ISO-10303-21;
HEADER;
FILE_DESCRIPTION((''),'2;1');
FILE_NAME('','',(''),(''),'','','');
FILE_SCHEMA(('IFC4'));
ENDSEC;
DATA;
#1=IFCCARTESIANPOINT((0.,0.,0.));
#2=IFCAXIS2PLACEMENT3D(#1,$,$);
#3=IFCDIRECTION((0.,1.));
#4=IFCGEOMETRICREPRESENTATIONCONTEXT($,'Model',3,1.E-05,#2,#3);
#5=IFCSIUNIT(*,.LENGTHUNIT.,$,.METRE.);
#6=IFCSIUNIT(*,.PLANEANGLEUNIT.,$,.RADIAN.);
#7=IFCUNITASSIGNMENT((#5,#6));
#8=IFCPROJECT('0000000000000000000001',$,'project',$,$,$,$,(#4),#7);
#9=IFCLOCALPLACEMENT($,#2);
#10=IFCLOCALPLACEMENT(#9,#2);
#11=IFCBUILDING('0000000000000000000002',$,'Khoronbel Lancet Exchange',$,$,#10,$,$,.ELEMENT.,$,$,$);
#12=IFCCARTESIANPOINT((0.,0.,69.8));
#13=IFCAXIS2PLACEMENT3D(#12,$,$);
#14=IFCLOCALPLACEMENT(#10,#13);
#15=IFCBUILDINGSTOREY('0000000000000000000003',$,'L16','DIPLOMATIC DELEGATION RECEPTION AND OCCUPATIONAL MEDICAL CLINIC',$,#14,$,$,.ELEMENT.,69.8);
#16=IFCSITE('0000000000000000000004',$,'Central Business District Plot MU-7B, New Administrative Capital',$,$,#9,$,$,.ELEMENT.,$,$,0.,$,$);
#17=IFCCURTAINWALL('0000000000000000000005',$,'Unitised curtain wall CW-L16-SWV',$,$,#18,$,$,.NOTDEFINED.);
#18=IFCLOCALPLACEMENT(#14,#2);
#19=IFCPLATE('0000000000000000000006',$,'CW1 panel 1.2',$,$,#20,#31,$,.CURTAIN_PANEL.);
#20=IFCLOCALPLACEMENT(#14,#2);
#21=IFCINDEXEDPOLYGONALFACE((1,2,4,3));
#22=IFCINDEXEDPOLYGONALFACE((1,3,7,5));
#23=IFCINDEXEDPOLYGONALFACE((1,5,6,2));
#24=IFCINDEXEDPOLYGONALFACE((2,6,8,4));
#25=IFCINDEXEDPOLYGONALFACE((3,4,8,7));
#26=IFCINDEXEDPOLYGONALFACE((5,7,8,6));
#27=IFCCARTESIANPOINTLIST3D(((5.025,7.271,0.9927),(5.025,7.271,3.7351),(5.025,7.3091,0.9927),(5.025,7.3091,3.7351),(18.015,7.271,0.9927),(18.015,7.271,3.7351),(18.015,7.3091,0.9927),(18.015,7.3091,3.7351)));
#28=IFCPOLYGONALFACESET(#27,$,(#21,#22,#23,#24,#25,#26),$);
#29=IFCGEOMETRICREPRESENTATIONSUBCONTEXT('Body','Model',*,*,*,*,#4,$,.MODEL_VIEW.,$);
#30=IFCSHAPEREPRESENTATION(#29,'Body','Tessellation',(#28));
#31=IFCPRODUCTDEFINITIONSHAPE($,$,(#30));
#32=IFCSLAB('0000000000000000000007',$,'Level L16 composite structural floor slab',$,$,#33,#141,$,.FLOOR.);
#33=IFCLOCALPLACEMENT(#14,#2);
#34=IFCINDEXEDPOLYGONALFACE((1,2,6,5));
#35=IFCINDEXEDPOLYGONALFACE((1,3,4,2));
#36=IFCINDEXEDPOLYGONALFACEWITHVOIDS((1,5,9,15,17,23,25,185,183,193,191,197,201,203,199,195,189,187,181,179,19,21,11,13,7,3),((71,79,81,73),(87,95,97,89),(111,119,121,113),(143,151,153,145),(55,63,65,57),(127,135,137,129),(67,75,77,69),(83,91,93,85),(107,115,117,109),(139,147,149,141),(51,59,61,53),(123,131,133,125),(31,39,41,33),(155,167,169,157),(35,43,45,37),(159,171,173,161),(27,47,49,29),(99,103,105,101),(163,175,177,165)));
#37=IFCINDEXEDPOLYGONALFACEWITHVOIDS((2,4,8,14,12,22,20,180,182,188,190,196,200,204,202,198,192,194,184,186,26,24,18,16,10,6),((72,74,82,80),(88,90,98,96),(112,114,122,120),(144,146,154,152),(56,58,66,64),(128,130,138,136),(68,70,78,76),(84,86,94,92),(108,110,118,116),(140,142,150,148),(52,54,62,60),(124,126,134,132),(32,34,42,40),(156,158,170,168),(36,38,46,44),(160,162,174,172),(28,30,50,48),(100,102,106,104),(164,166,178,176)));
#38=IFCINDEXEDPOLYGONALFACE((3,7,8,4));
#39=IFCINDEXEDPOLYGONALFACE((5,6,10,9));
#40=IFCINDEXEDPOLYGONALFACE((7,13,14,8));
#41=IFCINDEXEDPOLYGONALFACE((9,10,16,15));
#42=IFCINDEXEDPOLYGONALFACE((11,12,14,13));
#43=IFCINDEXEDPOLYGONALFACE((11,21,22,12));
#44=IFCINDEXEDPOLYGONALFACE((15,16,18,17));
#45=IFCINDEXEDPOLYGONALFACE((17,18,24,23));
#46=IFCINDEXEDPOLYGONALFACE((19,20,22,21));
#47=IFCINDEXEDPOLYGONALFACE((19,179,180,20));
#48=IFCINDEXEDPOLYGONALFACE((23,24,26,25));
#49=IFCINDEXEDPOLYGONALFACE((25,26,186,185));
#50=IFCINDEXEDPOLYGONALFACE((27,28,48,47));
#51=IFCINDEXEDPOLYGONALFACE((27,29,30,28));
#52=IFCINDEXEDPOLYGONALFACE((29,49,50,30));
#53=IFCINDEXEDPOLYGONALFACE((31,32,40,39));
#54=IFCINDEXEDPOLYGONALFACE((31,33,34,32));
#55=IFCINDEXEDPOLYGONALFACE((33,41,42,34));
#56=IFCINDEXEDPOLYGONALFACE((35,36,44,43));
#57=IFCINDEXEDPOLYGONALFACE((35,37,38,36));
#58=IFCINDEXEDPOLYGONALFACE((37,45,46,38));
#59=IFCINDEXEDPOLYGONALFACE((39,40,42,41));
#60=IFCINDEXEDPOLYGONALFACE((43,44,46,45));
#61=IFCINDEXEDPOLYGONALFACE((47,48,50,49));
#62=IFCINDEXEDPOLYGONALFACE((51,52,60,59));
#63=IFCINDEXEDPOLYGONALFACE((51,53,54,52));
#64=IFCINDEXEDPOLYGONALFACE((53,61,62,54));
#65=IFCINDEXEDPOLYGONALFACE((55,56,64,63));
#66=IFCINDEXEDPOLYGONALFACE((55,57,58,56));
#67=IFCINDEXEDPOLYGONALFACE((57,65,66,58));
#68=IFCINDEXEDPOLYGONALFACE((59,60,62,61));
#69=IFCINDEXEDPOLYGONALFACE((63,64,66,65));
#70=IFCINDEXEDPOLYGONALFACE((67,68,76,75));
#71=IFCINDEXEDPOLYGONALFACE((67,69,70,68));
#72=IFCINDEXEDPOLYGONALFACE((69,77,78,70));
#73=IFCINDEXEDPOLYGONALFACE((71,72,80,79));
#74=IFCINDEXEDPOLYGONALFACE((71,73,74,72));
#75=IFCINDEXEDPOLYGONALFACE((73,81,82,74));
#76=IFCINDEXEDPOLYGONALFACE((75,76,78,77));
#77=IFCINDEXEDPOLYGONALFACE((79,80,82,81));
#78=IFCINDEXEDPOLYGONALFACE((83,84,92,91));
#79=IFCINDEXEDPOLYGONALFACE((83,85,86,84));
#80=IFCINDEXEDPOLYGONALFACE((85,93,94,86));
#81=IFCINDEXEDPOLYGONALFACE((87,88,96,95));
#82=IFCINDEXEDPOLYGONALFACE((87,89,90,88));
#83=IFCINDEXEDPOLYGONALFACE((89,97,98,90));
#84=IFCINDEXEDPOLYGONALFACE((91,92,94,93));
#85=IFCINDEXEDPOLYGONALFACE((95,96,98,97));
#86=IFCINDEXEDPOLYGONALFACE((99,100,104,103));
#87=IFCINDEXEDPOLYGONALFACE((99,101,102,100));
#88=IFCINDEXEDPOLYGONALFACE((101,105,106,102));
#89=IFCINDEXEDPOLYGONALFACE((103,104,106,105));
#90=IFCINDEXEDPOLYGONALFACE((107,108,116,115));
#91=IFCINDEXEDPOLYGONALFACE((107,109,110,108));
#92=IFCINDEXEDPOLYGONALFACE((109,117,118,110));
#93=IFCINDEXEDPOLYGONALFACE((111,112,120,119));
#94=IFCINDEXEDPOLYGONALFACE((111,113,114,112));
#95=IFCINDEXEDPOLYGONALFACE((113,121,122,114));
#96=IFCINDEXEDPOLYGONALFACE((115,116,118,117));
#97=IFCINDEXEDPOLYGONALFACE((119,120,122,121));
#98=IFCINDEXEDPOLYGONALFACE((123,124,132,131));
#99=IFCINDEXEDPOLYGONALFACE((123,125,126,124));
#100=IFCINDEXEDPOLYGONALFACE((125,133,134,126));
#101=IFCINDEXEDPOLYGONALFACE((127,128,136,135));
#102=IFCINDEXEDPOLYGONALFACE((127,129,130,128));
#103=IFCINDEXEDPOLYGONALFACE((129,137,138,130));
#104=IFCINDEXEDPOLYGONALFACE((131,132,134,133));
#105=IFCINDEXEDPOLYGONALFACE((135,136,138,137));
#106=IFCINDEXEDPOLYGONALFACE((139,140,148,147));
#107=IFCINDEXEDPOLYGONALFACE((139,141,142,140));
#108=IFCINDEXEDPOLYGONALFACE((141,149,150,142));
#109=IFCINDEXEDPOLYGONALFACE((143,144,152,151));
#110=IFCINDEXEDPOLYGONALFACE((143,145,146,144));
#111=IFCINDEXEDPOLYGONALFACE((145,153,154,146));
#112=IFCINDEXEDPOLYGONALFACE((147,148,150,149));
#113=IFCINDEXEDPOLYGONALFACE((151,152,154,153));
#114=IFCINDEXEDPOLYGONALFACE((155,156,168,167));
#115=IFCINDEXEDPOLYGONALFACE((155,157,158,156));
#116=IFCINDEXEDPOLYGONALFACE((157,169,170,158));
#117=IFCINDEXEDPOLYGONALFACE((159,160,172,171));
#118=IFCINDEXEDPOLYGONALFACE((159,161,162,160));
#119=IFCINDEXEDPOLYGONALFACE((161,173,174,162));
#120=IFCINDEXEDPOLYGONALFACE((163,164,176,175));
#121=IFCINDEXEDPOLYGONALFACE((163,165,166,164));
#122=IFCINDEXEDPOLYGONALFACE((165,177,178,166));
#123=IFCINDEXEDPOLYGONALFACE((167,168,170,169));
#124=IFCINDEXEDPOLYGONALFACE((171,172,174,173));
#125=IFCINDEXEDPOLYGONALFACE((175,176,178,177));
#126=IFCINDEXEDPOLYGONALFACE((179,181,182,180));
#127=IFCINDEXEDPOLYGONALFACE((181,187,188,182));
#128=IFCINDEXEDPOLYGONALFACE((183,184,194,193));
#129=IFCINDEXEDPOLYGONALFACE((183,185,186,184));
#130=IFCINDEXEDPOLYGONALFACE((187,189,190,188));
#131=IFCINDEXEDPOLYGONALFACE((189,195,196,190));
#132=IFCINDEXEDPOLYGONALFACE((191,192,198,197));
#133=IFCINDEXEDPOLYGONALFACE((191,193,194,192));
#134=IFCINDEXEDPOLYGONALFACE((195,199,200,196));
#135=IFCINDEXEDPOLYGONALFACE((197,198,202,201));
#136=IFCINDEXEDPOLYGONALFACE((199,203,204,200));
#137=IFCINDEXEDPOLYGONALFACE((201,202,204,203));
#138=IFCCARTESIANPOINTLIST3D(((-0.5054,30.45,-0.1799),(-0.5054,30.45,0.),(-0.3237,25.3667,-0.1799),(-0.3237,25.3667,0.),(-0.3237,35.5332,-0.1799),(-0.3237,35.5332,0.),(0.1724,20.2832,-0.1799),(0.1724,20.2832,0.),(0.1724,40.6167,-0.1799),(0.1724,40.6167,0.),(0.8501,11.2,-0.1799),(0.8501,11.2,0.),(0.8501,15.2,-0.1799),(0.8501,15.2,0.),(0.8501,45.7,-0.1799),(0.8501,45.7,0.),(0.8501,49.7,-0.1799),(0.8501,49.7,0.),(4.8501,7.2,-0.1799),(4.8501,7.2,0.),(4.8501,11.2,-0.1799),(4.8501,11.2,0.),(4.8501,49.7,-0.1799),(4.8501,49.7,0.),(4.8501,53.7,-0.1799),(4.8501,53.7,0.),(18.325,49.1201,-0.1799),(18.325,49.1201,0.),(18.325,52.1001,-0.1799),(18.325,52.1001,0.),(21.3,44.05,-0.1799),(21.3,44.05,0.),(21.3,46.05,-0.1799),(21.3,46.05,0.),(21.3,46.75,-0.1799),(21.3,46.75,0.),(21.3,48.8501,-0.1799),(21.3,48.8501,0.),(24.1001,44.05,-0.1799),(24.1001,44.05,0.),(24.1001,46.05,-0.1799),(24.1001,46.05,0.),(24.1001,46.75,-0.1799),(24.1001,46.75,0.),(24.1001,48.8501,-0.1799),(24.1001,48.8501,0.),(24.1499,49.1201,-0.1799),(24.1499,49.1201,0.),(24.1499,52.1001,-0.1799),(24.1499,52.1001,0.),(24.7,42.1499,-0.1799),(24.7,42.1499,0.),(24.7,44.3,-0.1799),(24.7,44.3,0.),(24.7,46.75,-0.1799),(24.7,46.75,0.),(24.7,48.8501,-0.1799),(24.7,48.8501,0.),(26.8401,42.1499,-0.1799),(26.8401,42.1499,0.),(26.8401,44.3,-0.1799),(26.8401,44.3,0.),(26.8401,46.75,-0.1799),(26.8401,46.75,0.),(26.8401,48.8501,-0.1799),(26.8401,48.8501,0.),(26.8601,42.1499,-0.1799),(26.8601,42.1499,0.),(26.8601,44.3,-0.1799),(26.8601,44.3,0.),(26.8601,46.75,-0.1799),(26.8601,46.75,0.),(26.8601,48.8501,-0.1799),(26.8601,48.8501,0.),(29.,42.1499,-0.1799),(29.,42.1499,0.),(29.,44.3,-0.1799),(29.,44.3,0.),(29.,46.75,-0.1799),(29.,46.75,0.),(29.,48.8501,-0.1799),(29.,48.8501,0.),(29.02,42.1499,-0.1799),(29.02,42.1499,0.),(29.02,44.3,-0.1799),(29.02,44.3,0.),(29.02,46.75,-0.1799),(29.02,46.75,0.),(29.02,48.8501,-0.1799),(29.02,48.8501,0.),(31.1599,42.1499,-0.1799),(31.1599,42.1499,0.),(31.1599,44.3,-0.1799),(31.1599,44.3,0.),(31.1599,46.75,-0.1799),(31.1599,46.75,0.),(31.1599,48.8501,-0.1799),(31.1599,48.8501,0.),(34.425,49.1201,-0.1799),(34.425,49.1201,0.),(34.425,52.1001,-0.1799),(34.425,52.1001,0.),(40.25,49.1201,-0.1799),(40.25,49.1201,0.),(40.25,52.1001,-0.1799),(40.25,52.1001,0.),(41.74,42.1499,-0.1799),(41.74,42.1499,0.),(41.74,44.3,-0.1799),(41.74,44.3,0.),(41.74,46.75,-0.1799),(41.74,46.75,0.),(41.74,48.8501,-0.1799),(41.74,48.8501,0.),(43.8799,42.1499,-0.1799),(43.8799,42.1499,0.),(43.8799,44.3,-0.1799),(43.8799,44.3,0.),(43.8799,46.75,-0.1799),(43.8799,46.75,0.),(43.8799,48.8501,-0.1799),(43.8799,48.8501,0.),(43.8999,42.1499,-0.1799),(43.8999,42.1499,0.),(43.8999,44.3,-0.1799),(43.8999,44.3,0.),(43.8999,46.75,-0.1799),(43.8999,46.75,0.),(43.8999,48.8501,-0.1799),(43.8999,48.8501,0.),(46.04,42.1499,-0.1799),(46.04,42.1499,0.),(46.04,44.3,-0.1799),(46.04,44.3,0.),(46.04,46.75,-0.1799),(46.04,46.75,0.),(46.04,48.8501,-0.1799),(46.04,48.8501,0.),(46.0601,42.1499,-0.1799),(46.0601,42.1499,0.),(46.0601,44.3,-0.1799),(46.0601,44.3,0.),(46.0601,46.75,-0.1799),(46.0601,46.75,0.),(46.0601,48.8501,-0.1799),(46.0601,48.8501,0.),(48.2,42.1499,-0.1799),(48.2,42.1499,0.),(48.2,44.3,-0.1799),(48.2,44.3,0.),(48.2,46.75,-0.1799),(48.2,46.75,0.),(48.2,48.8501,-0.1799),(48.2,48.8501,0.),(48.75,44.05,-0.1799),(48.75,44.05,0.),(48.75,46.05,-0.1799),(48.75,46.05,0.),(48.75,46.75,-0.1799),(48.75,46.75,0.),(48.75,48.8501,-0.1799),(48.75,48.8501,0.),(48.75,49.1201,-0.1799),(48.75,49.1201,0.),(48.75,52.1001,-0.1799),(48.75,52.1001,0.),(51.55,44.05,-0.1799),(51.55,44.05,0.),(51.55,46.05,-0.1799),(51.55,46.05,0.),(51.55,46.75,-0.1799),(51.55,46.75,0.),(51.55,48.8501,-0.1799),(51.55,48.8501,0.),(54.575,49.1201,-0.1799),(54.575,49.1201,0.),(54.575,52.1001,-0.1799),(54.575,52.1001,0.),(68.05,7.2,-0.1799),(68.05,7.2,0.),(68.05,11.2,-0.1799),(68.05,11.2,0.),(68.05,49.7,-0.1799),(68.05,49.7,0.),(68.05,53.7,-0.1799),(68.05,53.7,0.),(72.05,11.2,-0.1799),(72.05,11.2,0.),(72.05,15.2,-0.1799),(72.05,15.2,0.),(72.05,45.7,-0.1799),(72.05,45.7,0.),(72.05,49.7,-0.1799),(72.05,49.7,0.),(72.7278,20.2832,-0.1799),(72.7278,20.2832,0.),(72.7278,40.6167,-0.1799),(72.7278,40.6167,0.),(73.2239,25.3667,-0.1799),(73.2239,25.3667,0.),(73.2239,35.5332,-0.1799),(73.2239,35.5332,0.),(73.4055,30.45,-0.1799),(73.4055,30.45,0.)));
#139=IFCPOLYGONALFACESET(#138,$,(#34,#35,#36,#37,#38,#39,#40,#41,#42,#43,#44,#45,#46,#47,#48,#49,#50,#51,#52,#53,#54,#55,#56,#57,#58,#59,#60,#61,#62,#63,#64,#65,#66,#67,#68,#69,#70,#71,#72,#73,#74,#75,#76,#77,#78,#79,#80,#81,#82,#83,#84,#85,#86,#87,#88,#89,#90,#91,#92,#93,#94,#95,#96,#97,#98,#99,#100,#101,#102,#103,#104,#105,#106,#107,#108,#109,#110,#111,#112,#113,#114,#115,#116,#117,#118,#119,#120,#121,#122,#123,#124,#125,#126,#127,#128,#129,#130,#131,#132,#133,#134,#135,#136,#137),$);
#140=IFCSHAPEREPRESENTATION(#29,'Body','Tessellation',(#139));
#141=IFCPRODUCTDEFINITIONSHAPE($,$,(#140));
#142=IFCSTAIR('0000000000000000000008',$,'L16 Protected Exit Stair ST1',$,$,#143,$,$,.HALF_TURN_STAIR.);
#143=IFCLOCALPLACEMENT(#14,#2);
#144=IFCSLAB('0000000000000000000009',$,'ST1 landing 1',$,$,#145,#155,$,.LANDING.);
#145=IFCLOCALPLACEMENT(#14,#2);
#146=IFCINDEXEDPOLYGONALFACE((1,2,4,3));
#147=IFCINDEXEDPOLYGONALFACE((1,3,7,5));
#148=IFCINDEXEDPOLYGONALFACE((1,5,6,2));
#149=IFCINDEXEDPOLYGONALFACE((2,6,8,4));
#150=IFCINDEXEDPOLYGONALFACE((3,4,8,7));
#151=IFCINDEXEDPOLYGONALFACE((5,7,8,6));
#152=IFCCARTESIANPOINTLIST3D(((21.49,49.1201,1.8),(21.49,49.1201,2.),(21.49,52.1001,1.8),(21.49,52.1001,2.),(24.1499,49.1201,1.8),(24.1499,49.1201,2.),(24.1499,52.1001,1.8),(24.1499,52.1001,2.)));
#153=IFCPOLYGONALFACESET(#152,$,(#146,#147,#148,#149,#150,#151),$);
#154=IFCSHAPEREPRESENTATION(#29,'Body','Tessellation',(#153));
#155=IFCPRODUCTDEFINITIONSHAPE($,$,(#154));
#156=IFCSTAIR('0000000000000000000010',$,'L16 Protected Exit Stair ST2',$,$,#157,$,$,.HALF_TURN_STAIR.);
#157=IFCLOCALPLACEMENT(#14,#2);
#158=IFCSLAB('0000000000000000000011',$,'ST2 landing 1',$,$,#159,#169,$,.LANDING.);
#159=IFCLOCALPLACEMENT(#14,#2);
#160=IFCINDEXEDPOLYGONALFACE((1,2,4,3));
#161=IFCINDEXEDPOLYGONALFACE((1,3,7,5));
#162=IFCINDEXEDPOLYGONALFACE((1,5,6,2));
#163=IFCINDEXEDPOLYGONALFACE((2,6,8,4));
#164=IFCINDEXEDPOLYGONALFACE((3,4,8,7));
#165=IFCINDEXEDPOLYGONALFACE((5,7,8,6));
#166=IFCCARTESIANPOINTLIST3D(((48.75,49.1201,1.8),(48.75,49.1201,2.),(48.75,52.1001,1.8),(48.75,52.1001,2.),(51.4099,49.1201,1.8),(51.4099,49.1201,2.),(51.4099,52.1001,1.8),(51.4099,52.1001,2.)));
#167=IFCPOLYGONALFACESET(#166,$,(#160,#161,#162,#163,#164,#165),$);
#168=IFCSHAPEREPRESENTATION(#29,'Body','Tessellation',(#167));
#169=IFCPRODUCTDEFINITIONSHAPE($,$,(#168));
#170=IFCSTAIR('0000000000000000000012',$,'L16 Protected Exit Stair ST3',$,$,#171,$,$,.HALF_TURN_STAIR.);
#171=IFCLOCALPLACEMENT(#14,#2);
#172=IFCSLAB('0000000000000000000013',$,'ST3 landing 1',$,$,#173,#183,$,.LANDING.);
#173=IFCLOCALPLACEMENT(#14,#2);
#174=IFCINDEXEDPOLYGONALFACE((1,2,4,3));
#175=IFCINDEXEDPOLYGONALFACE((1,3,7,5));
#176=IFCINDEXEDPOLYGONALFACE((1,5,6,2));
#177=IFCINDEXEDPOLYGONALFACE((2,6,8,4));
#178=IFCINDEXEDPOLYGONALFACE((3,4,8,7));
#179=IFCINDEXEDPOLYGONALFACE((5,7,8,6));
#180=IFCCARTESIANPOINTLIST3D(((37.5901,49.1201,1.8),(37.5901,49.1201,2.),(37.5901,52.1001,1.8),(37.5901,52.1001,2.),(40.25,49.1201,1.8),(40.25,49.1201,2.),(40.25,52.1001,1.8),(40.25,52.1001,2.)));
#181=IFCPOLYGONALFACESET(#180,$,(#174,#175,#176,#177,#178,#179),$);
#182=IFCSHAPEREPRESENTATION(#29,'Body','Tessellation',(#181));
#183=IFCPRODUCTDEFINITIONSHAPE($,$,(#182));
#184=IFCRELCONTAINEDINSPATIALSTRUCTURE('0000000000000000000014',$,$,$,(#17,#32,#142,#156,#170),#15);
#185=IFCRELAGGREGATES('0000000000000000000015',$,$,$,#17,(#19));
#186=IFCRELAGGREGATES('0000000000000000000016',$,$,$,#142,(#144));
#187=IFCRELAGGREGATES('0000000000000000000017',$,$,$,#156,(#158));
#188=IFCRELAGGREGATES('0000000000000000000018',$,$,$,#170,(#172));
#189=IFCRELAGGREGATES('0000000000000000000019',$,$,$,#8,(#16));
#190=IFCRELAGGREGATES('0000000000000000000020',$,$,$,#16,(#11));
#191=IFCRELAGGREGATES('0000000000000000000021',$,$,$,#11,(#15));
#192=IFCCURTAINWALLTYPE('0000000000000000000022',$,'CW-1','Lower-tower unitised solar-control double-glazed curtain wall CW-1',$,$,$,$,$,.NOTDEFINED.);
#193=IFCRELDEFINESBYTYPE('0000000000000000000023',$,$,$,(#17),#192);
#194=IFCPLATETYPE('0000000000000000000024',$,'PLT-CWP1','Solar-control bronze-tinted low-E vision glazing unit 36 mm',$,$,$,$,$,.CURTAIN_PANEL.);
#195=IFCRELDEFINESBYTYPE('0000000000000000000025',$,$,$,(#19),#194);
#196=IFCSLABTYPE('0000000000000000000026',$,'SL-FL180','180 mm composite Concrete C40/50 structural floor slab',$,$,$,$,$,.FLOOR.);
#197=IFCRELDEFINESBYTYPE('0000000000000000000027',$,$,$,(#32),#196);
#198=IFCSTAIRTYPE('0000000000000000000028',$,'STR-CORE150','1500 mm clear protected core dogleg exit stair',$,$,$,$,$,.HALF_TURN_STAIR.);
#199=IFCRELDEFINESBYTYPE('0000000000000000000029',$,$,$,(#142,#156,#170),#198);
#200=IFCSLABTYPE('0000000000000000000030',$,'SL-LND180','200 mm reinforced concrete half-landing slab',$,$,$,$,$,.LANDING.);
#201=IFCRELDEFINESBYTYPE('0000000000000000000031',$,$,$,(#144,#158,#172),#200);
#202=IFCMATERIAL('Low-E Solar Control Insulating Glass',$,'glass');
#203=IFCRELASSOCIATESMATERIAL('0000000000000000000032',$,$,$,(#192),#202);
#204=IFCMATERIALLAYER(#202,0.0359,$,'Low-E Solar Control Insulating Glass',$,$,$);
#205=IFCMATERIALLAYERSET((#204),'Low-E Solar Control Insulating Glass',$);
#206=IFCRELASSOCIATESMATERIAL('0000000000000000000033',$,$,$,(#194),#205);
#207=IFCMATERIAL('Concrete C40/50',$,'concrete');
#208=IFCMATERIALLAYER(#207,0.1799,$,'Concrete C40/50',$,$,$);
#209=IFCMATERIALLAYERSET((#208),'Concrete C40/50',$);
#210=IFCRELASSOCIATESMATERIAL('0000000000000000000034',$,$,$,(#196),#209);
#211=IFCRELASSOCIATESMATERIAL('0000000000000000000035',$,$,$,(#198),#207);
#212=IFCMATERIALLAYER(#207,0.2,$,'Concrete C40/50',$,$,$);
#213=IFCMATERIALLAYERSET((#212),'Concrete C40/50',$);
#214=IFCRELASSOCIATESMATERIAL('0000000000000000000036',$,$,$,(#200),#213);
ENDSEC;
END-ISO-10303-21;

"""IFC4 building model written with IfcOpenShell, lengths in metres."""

from ifc_helpers import new_model, si_unit, direction, frame, origin, origin_2d, place, context, subcontext, project, spatial, polyline, rectangle, outline, extrude, material, layer, layer_set, type_object, element, aggregate, save


model = new_model("IFC4")

# Units and contexts
model_context = context("Model", 3, precision=1e-05, world=origin(), true_north=direction((0.0, 1.0)))
body_context = subcontext(model_context, "Body", "Model", "MODEL_VIEW")
ifc_project = project(units=[si_unit("LENGTHUNIT", "METRE"), si_unit("PLANEANGLEUNIT", "RADIAN")], contexts=[model_context])

# Site, building, storey
site_placement = place(None, origin())
site = spatial("IfcSite", under=ifc_project, at=site_placement, Name="Central Business District Plot MU-7B, New Administrative Capital", CompositionType="ELEMENT", RefElevation=0.0)
building_placement = place(site_placement, origin())
building = spatial("IfcBuilding", under=site, at=building_placement, Name="Khoronbel Lancet Exchange", CompositionType="ELEMENT")
storey_placement = place(building_placement, frame((0.0, 0.0, 69.8)))
storey = spatial("IfcBuildingStorey", under=building, at=storey_placement, Name="L16", Description="DIPLOMATIC DELEGATION RECEPTION AND OCCUPATIONAL MEDICAL CLINIC", CompositionType="ELEMENT", Elevation=69.8)

# Curtain wall
ifc_material_1 = material(Name="Low-E Solar Control Insulating Glass", Category="glass")
curtain_wall_type = type_object("IfcCurtainWallType", Name="CW-1", Description="Lower-tower unitised solar-control double-glazed curtain wall CW-1", PredefinedType="NOTDEFINED", material=ifc_material_1)
curtain_wall_1_placement = place(storey_placement, origin())
curtain_wall_1 = element("IfcCurtainWall", 1, at=curtain_wall_1_placement, inside=storey, type_object=curtain_wall_type, Name="Unitised curtain wall CW-L16-SWV", PredefinedType="NOTDEFINED")

# Plate
ifc_layer_1 = layer(ifc_material_1, 0.0359, Name="Low-E Solar Control Insulating Glass")
ifc_layer_set_1 = layer_set([ifc_layer_1], Name="Low-E Solar Control Insulating Glass")
plate_type = type_object("IfcPlateType", Name="PLT-CWP1", Description="Solar-control bronze-tinted low-E vision glazing unit 36 mm", PredefinedType="CURTAIN_PANEL", material=ifc_layer_set_1)
plate_1_placement = place(storey_placement, frame((11.52, 7.29, 0.9927), z_axis=(0.0, 0.0, 1.0), x_axis=(1.0, 0.0, 0.0)))
plate_1 = element("IfcPlate", 2, at=plate_1_placement, type_object=plate_type, Name="CW1 panel 1.2", PredefinedType="CURTAIN_PANEL", context=body_context, shape_type="SweptSolid", body=[
    extrude(rectangle(XDim=12.99, YDim=0.0381, at=origin_2d()), origin(), (0.0, 0.0, 1.0), 2.7424),
])
aggregate(curtain_wall_1, [plate_1])

# Slab
ifc_material_2 = material(Name="Concrete C40/50", Category="concrete")
ifc_layer_2 = layer(ifc_material_2, 0.1799, Name="Concrete C40/50")
ifc_layer_set_2 = layer_set([ifc_layer_2], Name="Concrete C40/50")
slab_type_1 = type_object("IfcSlabType", Name="SL-FL180", Description="180 mm composite Concrete C40/50 structural floor slab", PredefinedType="FLOOR", material=ifc_layer_set_2)
slab_1_placement = place(storey_placement, frame((0.0, 0.0, -0.1799)))
element("IfcSlab", 3, at=slab_1_placement, inside=storey, type_object=slab_type_1, Name="Level L16 composite structural floor slab", PredefinedType="FLOOR", context=body_context, shape_type="SweptSolid", body=[
    extrude(outline(polyline([(4.8501, 7.2), (68.05, 7.2), (68.05, 11.2), (72.05, 11.2), (72.05, 15.2), (72.7278, 20.2832), (73.2239, 25.3667), (73.4055, 30.45), (73.2239, 35.5332), (72.7278, 40.6167), (72.05, 45.7), (72.05, 49.7), (68.05, 49.7), (68.05, 53.7), (4.8501, 53.7), (4.8501, 49.7), (0.8501, 49.7), (0.8501, 45.7), (0.1724, 40.6167), (-0.3237, 35.5332), (-0.5054, 30.45), (-0.3237, 25.3667), (0.1724, 20.2832), (0.8501, 15.2), (0.8501, 11.2), (4.8501, 11.2), (4.8501, 7.2)]), holes=[polyline([(18.325, 49.1201), (24.1499, 49.1201), (24.1499, 52.1001), (18.325, 52.1001), (18.325, 49.1201)]), polyline([(48.75, 49.1201), (54.575, 49.1201), (54.575, 52.1001), (48.75, 52.1001), (48.75, 49.1201)]), polyline([(34.425, 49.1201), (40.25, 49.1201), (40.25, 52.1001), (34.425, 52.1001), (34.425, 49.1201)]), polyline([(24.7, 46.75), (26.8401, 46.75), (26.8401, 48.8501), (24.7, 48.8501), (24.7, 46.75)]), polyline([(26.8601, 46.75), (29.0, 46.75), (29.0, 48.8501), (26.8601, 48.8501), (26.8601, 46.75)]), polyline([(29.02, 46.75), (31.1599, 46.75), (31.1599, 48.8501), (29.02, 48.8501), (29.02, 46.75)]), polyline([(24.7, 42.1499), (26.8401, 42.1499), (26.8401, 44.3), (24.7, 44.3), (24.7, 42.1499)]), polyline([(26.8601, 42.1499), (29.0, 42.1499), (29.0, 44.3), (26.8601, 44.3), (26.8601, 42.1499)]), polyline([(29.02, 42.1499), (31.1599, 42.1499), (31.1599, 44.3), (29.02, 44.3), (29.02, 42.1499)]), polyline([(41.74, 46.75), (43.8799, 46.75), (43.8799, 48.8501), (41.74, 48.8501), (41.74, 46.75)]), polyline([(43.8999, 46.75), (46.04, 46.75), (46.04, 48.8501), (43.8999, 48.8501), (43.8999, 46.75)]), polyline([(46.0601, 46.75), (48.2, 46.75), (48.2, 48.8501), (46.0601, 48.8501), (46.0601, 46.75)]), polyline([(41.74, 42.1499), (43.8799, 42.1499), (43.8799, 44.3), (41.74, 44.3), (41.74, 42.1499)]), polyline([(43.8999, 42.1499), (46.04, 42.1499), (46.04, 44.3), (43.8999, 44.3), (43.8999, 42.1499)]), polyline([(46.0601, 42.1499), (48.2, 42.1499), (48.2, 44.3), (46.0601, 44.3), (46.0601, 42.1499)]), polyline([(21.3, 46.75), (24.1001, 46.75), (24.1001, 48.8501), (21.3, 48.8501), (21.3, 46.75)]), polyline([(48.75, 46.75), (51.55, 46.75), (51.55, 48.8501), (48.75, 48.8501), (48.75, 46.75)]), polyline([(21.3, 44.05), (24.1001, 44.05), (24.1001, 46.05), (21.3, 46.05), (21.3, 44.05)]), polyline([(48.75, 44.05), (51.55, 44.05), (51.55, 46.05), (48.75, 46.05), (48.75, 44.05)])]), origin(), (0.0, 0.0, 1.0), 0.1799),
])

# Stairs, slabs
stair_type = type_object("IfcStairType", Name="STR-CORE150", Description="1500 mm clear protected core dogleg exit stair", PredefinedType="HALF_TURN_STAIR", material=ifc_material_2)
stair_1_placement = place(storey_placement, origin())
stair_1 = element("IfcStair", 4, at=stair_1_placement, inside=storey, type_object=stair_type, Name="L16 Protected Exit Stair ST1", PredefinedType="HALF_TURN_STAIR")
ifc_layer_3 = layer(ifc_material_2, 0.2, Name="Concrete C40/50")
ifc_layer_set_3 = layer_set([ifc_layer_3], Name="Concrete C40/50")
slab_type_2 = type_object("IfcSlabType", Name="SL-LND180", Description="200 mm reinforced concrete half-landing slab", PredefinedType="LANDING", material=ifc_layer_set_3)
slab_2_placement = place(storey_placement, frame((0.0, 0.0, 1.8)))
slab_2 = element("IfcSlab", 5, at=slab_2_placement, type_object=slab_type_2, Name="ST1 landing 1", PredefinedType="LANDING", context=body_context, shape_type="SweptSolid", body=[
    extrude(outline(polyline([(21.49, 49.1201), (24.1499, 49.1201), (24.1499, 52.1001), (21.49, 52.1001), (21.49, 49.1201)])), origin(), (0.0, 0.0, 1.0), 0.2),
])
aggregate(stair_1, [slab_2])
stair_2_placement = place(storey_placement, origin())
stair_2 = element("IfcStair", 6, at=stair_2_placement, inside=storey, type_object=stair_type, Name="L16 Protected Exit Stair ST2", PredefinedType="HALF_TURN_STAIR")
slab_3_placement = place(storey_placement, frame((0.0, 0.0, 1.8)))
slab_3 = element("IfcSlab", 7, at=slab_3_placement, type_object=slab_type_2, Name="ST2 landing 1", PredefinedType="LANDING", context=body_context, shape_type="SweptSolid", body=[
    extrude(outline(polyline([(51.4099, 52.1001), (48.75, 52.1001), (48.75, 49.1201), (51.4099, 49.1201), (51.4099, 52.1001)])), origin(), (0.0, 0.0, 1.0), 0.2),
])
aggregate(stair_2, [slab_3])
stair_3_placement = place(storey_placement, origin())
stair_3 = element("IfcStair", 8, at=stair_3_placement, inside=storey, type_object=stair_type, Name="L16 Protected Exit Stair ST3", PredefinedType="HALF_TURN_STAIR")
slab_4_placement = place(storey_placement, frame((0.0, 0.0, 1.8)))
slab_4 = element("IfcSlab", 9, at=slab_4_placement, type_object=slab_type_2, Name="ST3 landing 1", PredefinedType="LANDING", context=body_context, shape_type="SweptSolid", body=[
    extrude(outline(polyline([(37.5901, 49.1201), (40.25, 49.1201), (40.25, 52.1001), (37.5901, 52.1001), (37.5901, 49.1201)])), origin(), (0.0, 0.0, 1.0), 0.2),
])
aggregate(stair_3, [slab_4])

save(model, "model.ifc")
